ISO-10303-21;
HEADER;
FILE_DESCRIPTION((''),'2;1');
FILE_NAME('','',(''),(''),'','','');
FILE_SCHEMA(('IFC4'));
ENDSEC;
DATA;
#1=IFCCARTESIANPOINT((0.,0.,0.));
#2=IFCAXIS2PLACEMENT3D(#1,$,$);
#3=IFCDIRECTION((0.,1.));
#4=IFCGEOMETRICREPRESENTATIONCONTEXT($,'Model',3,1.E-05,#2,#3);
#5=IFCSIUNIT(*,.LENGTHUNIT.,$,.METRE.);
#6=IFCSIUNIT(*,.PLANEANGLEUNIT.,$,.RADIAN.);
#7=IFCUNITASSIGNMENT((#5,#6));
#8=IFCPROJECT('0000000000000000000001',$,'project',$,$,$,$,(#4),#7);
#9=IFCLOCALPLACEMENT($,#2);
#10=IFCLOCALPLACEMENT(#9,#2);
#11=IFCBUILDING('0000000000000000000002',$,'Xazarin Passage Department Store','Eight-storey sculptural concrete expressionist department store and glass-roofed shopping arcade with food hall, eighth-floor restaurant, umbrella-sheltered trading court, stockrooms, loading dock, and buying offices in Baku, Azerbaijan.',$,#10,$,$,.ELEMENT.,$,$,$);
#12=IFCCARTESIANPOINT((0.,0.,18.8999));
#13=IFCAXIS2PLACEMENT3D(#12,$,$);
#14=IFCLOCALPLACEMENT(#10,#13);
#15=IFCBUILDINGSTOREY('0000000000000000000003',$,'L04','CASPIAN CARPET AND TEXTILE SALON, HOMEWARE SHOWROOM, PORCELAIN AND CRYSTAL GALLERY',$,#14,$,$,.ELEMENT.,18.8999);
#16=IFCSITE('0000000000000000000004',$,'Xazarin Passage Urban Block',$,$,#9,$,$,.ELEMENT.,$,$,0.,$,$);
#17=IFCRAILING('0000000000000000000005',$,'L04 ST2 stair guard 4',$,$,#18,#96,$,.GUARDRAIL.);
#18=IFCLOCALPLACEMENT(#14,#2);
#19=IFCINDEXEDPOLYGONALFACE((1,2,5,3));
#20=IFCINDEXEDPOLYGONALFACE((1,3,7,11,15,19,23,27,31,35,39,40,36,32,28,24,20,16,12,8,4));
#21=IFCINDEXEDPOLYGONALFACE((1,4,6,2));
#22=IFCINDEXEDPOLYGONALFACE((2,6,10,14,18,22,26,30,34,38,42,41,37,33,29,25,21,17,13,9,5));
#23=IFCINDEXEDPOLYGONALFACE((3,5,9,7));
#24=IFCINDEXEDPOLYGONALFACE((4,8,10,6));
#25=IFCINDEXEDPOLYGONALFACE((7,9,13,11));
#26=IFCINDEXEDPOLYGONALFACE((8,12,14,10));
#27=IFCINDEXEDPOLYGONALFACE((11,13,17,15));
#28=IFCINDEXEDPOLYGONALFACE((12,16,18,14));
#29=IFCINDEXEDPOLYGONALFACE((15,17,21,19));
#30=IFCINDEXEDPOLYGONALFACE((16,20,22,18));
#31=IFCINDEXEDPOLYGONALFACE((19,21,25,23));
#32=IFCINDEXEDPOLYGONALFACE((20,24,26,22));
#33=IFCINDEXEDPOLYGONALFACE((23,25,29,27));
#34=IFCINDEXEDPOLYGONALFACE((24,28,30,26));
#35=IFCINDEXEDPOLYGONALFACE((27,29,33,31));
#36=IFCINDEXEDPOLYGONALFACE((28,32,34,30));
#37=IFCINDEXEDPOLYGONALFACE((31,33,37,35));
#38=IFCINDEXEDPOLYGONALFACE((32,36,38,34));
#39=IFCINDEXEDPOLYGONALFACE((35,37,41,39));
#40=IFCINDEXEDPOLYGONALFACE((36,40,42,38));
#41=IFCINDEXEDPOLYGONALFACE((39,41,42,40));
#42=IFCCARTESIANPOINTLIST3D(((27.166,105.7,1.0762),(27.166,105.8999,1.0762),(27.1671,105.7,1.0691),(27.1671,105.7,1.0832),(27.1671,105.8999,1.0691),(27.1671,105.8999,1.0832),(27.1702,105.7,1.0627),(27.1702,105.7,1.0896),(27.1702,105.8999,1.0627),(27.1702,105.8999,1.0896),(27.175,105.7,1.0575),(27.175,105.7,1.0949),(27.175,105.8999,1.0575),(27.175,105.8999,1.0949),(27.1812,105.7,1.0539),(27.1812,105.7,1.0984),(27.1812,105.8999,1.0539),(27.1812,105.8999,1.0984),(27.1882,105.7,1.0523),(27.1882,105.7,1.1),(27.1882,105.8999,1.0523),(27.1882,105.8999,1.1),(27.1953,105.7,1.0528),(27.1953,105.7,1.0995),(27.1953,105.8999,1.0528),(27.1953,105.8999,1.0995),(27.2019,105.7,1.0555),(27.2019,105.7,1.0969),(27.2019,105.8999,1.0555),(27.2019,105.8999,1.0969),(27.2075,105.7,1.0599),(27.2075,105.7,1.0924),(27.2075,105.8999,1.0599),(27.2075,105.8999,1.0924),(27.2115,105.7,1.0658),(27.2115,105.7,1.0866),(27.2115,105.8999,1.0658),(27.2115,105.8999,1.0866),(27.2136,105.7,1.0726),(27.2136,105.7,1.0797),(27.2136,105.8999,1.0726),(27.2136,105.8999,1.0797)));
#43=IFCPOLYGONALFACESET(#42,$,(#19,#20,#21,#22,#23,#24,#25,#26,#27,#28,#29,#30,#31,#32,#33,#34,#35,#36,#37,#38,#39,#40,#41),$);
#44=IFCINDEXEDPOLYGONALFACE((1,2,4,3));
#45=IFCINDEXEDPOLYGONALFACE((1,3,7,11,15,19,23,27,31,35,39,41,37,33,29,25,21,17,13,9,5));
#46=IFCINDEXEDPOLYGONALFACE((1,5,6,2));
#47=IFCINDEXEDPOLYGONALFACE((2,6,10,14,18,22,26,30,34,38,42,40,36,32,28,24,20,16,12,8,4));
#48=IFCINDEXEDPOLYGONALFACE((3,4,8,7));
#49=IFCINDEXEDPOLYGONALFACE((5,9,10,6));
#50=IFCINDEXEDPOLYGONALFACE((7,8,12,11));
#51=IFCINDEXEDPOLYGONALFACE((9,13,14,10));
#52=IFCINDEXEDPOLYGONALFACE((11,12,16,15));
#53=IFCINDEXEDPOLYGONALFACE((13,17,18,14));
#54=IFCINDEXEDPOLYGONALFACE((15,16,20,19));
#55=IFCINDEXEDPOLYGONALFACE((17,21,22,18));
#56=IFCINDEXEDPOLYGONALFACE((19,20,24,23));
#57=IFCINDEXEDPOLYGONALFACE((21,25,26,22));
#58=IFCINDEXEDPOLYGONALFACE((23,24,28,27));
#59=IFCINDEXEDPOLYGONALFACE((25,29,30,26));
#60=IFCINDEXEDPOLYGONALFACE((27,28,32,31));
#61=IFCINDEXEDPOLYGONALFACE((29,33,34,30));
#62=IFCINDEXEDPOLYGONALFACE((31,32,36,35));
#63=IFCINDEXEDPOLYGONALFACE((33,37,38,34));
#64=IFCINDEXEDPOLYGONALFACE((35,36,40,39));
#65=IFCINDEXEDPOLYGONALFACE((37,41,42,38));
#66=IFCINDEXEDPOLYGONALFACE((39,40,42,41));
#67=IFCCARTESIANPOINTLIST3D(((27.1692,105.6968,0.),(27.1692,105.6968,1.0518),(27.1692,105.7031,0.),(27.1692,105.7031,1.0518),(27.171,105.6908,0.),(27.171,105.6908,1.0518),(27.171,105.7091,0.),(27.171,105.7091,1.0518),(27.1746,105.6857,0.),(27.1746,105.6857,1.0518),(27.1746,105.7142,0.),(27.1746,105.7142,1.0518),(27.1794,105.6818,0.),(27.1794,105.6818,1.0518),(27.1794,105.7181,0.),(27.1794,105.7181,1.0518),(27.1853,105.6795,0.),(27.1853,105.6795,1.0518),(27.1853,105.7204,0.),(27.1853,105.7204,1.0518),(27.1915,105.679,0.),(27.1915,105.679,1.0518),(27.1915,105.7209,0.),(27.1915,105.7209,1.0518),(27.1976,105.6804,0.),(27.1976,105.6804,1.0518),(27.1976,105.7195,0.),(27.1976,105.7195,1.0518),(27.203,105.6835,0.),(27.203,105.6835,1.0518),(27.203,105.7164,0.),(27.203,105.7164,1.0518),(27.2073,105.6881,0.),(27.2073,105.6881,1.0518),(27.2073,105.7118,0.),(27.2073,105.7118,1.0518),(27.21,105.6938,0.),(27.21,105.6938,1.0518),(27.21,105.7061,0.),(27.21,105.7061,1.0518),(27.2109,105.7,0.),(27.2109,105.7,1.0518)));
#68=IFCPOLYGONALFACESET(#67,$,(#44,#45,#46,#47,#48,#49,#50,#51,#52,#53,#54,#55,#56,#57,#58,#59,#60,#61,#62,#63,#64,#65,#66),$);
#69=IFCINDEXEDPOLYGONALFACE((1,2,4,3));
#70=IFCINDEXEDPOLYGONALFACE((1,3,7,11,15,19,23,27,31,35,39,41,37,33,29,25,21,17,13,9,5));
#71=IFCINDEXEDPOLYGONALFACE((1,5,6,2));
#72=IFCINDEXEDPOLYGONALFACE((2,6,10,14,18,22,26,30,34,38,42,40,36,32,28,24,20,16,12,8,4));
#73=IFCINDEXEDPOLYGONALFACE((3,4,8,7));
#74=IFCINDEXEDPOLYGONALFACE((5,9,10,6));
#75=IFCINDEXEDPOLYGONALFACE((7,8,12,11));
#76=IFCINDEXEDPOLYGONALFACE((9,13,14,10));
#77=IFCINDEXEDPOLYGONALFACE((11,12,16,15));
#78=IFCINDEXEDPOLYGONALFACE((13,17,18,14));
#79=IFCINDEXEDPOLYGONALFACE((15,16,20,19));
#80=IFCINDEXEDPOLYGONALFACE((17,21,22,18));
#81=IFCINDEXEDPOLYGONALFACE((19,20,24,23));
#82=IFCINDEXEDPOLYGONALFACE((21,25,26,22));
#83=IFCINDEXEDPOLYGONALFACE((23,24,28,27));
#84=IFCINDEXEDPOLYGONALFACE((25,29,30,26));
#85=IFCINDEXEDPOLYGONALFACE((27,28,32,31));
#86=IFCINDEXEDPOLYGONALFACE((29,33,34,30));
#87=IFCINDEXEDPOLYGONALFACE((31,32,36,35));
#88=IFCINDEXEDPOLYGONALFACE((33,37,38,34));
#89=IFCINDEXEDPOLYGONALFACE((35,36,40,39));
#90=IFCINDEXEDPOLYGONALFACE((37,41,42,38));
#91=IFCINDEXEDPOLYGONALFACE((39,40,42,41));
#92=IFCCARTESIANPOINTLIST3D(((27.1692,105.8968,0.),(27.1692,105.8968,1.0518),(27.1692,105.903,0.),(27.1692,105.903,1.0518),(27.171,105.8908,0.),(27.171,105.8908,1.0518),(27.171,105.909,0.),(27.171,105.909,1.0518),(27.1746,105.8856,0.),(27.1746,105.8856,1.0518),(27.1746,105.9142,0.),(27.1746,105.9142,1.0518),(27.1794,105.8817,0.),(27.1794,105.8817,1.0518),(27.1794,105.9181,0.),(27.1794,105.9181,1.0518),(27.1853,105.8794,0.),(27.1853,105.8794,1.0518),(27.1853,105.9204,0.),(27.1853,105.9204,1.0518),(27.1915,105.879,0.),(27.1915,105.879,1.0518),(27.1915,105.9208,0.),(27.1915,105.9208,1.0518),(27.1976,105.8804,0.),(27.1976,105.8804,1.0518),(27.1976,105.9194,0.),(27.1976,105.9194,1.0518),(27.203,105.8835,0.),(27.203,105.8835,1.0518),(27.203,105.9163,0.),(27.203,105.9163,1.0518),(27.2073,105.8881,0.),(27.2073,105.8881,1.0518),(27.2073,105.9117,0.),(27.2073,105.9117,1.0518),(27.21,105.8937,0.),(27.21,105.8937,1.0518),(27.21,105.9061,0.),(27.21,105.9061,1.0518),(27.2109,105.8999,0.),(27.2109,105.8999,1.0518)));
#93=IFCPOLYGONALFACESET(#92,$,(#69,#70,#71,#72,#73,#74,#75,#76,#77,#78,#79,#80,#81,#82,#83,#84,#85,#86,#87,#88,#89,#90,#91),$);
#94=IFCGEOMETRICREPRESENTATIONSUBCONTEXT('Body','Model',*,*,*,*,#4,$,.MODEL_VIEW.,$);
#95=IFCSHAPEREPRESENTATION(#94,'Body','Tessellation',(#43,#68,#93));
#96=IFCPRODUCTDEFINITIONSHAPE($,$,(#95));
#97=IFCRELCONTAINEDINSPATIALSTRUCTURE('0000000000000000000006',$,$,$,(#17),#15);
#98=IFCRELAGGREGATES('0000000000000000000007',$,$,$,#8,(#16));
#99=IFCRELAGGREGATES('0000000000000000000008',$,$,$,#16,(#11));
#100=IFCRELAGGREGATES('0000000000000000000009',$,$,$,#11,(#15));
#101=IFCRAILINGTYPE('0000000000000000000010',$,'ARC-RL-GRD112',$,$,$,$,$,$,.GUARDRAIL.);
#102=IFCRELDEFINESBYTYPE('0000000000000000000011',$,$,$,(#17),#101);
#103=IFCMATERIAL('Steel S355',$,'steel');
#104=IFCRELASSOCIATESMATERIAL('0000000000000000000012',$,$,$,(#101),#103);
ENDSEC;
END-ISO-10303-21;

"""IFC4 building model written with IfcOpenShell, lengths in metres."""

from ifc_helpers import new_model, si_unit, direction, frame, origin, origin_2d, place, context, subcontext, project, spatial, circle, extrude, material, type_object, element, save


model = new_model("IFC4")

# Units and contexts
model_context = context("Model", 3, precision=1e-05, world=origin(), true_north=direction((0.0, 1.0)))
body_context = subcontext(model_context, "Body", "Model", "MODEL_VIEW")
ifc_project = project(units=[si_unit("LENGTHUNIT", "METRE"), si_unit("PLANEANGLEUNIT", "RADIAN")], contexts=[model_context])

# Site, building, storey
site_placement = place(None, origin())
site = spatial("IfcSite", under=ifc_project, at=site_placement, Name="Xazarin Passage Urban Block", CompositionType="ELEMENT", RefElevation=0.0)
building_placement = place(site_placement, origin())
building = spatial("IfcBuilding", under=site, at=building_placement, Name="Xazarin Passage Department Store", Description="Eight-storey sculptural concrete expressionist department store and glass-roofed shopping arcade with food hall, eighth-floor restaurant, umbrella-sheltered trading court, stockrooms, loading dock, and buying offices in Baku, Azerbaijan.", CompositionType="ELEMENT")
storey_placement = place(building_placement, frame((0.0, 0.0, 18.8999)))
storey = spatial("IfcBuildingStorey", under=building, at=storey_placement, Name="L04", Description="CASPIAN CARPET AND TEXTILE SALON, HOMEWARE SHOWROOM, PORCELAIN AND CRYSTAL GALLERY", CompositionType="ELEMENT", Elevation=18.8999)

# Shared definitions
ifc_material_1 = material(Name="Steel S355", Category="steel")

# Railing
railing_type_1 = type_object("IfcRailingType", Name="ARC-RL-GRD112", PredefinedType="GUARDRAIL", material=ifc_material_1)
railing_1_placement = place(storey_placement, frame((27.1899, 105.7, 0.0)))
element("IfcRailing", 1, at=railing_1_placement, inside=storey, type_object=railing_type_1, Name="L04 ST2 stair guard 4", PredefinedType="GUARDRAIL", context=body_context, shape_type="SweptSolid", body=[
    extrude(circle(Radius=0.0239, at=origin_2d()), frame((0.0, 0.0, 1.0762), z_axis=(0.0, 1.0, 0.0), x_axis=(-1.0, 0.0, 0.0)), (0.0, 0.0, 1.0), 0.2),
    extrude(circle(Radius=0.021, at=origin_2d()), origin(), (0.0, 0.0, 1.0), 1.0518),
    extrude(circle(Radius=0.021, at=origin_2d()), frame((0.0, 0.2, 0.0)), (0.0, 0.0, 1.0), 1.0518),
])

save(model, "model.ifc")
